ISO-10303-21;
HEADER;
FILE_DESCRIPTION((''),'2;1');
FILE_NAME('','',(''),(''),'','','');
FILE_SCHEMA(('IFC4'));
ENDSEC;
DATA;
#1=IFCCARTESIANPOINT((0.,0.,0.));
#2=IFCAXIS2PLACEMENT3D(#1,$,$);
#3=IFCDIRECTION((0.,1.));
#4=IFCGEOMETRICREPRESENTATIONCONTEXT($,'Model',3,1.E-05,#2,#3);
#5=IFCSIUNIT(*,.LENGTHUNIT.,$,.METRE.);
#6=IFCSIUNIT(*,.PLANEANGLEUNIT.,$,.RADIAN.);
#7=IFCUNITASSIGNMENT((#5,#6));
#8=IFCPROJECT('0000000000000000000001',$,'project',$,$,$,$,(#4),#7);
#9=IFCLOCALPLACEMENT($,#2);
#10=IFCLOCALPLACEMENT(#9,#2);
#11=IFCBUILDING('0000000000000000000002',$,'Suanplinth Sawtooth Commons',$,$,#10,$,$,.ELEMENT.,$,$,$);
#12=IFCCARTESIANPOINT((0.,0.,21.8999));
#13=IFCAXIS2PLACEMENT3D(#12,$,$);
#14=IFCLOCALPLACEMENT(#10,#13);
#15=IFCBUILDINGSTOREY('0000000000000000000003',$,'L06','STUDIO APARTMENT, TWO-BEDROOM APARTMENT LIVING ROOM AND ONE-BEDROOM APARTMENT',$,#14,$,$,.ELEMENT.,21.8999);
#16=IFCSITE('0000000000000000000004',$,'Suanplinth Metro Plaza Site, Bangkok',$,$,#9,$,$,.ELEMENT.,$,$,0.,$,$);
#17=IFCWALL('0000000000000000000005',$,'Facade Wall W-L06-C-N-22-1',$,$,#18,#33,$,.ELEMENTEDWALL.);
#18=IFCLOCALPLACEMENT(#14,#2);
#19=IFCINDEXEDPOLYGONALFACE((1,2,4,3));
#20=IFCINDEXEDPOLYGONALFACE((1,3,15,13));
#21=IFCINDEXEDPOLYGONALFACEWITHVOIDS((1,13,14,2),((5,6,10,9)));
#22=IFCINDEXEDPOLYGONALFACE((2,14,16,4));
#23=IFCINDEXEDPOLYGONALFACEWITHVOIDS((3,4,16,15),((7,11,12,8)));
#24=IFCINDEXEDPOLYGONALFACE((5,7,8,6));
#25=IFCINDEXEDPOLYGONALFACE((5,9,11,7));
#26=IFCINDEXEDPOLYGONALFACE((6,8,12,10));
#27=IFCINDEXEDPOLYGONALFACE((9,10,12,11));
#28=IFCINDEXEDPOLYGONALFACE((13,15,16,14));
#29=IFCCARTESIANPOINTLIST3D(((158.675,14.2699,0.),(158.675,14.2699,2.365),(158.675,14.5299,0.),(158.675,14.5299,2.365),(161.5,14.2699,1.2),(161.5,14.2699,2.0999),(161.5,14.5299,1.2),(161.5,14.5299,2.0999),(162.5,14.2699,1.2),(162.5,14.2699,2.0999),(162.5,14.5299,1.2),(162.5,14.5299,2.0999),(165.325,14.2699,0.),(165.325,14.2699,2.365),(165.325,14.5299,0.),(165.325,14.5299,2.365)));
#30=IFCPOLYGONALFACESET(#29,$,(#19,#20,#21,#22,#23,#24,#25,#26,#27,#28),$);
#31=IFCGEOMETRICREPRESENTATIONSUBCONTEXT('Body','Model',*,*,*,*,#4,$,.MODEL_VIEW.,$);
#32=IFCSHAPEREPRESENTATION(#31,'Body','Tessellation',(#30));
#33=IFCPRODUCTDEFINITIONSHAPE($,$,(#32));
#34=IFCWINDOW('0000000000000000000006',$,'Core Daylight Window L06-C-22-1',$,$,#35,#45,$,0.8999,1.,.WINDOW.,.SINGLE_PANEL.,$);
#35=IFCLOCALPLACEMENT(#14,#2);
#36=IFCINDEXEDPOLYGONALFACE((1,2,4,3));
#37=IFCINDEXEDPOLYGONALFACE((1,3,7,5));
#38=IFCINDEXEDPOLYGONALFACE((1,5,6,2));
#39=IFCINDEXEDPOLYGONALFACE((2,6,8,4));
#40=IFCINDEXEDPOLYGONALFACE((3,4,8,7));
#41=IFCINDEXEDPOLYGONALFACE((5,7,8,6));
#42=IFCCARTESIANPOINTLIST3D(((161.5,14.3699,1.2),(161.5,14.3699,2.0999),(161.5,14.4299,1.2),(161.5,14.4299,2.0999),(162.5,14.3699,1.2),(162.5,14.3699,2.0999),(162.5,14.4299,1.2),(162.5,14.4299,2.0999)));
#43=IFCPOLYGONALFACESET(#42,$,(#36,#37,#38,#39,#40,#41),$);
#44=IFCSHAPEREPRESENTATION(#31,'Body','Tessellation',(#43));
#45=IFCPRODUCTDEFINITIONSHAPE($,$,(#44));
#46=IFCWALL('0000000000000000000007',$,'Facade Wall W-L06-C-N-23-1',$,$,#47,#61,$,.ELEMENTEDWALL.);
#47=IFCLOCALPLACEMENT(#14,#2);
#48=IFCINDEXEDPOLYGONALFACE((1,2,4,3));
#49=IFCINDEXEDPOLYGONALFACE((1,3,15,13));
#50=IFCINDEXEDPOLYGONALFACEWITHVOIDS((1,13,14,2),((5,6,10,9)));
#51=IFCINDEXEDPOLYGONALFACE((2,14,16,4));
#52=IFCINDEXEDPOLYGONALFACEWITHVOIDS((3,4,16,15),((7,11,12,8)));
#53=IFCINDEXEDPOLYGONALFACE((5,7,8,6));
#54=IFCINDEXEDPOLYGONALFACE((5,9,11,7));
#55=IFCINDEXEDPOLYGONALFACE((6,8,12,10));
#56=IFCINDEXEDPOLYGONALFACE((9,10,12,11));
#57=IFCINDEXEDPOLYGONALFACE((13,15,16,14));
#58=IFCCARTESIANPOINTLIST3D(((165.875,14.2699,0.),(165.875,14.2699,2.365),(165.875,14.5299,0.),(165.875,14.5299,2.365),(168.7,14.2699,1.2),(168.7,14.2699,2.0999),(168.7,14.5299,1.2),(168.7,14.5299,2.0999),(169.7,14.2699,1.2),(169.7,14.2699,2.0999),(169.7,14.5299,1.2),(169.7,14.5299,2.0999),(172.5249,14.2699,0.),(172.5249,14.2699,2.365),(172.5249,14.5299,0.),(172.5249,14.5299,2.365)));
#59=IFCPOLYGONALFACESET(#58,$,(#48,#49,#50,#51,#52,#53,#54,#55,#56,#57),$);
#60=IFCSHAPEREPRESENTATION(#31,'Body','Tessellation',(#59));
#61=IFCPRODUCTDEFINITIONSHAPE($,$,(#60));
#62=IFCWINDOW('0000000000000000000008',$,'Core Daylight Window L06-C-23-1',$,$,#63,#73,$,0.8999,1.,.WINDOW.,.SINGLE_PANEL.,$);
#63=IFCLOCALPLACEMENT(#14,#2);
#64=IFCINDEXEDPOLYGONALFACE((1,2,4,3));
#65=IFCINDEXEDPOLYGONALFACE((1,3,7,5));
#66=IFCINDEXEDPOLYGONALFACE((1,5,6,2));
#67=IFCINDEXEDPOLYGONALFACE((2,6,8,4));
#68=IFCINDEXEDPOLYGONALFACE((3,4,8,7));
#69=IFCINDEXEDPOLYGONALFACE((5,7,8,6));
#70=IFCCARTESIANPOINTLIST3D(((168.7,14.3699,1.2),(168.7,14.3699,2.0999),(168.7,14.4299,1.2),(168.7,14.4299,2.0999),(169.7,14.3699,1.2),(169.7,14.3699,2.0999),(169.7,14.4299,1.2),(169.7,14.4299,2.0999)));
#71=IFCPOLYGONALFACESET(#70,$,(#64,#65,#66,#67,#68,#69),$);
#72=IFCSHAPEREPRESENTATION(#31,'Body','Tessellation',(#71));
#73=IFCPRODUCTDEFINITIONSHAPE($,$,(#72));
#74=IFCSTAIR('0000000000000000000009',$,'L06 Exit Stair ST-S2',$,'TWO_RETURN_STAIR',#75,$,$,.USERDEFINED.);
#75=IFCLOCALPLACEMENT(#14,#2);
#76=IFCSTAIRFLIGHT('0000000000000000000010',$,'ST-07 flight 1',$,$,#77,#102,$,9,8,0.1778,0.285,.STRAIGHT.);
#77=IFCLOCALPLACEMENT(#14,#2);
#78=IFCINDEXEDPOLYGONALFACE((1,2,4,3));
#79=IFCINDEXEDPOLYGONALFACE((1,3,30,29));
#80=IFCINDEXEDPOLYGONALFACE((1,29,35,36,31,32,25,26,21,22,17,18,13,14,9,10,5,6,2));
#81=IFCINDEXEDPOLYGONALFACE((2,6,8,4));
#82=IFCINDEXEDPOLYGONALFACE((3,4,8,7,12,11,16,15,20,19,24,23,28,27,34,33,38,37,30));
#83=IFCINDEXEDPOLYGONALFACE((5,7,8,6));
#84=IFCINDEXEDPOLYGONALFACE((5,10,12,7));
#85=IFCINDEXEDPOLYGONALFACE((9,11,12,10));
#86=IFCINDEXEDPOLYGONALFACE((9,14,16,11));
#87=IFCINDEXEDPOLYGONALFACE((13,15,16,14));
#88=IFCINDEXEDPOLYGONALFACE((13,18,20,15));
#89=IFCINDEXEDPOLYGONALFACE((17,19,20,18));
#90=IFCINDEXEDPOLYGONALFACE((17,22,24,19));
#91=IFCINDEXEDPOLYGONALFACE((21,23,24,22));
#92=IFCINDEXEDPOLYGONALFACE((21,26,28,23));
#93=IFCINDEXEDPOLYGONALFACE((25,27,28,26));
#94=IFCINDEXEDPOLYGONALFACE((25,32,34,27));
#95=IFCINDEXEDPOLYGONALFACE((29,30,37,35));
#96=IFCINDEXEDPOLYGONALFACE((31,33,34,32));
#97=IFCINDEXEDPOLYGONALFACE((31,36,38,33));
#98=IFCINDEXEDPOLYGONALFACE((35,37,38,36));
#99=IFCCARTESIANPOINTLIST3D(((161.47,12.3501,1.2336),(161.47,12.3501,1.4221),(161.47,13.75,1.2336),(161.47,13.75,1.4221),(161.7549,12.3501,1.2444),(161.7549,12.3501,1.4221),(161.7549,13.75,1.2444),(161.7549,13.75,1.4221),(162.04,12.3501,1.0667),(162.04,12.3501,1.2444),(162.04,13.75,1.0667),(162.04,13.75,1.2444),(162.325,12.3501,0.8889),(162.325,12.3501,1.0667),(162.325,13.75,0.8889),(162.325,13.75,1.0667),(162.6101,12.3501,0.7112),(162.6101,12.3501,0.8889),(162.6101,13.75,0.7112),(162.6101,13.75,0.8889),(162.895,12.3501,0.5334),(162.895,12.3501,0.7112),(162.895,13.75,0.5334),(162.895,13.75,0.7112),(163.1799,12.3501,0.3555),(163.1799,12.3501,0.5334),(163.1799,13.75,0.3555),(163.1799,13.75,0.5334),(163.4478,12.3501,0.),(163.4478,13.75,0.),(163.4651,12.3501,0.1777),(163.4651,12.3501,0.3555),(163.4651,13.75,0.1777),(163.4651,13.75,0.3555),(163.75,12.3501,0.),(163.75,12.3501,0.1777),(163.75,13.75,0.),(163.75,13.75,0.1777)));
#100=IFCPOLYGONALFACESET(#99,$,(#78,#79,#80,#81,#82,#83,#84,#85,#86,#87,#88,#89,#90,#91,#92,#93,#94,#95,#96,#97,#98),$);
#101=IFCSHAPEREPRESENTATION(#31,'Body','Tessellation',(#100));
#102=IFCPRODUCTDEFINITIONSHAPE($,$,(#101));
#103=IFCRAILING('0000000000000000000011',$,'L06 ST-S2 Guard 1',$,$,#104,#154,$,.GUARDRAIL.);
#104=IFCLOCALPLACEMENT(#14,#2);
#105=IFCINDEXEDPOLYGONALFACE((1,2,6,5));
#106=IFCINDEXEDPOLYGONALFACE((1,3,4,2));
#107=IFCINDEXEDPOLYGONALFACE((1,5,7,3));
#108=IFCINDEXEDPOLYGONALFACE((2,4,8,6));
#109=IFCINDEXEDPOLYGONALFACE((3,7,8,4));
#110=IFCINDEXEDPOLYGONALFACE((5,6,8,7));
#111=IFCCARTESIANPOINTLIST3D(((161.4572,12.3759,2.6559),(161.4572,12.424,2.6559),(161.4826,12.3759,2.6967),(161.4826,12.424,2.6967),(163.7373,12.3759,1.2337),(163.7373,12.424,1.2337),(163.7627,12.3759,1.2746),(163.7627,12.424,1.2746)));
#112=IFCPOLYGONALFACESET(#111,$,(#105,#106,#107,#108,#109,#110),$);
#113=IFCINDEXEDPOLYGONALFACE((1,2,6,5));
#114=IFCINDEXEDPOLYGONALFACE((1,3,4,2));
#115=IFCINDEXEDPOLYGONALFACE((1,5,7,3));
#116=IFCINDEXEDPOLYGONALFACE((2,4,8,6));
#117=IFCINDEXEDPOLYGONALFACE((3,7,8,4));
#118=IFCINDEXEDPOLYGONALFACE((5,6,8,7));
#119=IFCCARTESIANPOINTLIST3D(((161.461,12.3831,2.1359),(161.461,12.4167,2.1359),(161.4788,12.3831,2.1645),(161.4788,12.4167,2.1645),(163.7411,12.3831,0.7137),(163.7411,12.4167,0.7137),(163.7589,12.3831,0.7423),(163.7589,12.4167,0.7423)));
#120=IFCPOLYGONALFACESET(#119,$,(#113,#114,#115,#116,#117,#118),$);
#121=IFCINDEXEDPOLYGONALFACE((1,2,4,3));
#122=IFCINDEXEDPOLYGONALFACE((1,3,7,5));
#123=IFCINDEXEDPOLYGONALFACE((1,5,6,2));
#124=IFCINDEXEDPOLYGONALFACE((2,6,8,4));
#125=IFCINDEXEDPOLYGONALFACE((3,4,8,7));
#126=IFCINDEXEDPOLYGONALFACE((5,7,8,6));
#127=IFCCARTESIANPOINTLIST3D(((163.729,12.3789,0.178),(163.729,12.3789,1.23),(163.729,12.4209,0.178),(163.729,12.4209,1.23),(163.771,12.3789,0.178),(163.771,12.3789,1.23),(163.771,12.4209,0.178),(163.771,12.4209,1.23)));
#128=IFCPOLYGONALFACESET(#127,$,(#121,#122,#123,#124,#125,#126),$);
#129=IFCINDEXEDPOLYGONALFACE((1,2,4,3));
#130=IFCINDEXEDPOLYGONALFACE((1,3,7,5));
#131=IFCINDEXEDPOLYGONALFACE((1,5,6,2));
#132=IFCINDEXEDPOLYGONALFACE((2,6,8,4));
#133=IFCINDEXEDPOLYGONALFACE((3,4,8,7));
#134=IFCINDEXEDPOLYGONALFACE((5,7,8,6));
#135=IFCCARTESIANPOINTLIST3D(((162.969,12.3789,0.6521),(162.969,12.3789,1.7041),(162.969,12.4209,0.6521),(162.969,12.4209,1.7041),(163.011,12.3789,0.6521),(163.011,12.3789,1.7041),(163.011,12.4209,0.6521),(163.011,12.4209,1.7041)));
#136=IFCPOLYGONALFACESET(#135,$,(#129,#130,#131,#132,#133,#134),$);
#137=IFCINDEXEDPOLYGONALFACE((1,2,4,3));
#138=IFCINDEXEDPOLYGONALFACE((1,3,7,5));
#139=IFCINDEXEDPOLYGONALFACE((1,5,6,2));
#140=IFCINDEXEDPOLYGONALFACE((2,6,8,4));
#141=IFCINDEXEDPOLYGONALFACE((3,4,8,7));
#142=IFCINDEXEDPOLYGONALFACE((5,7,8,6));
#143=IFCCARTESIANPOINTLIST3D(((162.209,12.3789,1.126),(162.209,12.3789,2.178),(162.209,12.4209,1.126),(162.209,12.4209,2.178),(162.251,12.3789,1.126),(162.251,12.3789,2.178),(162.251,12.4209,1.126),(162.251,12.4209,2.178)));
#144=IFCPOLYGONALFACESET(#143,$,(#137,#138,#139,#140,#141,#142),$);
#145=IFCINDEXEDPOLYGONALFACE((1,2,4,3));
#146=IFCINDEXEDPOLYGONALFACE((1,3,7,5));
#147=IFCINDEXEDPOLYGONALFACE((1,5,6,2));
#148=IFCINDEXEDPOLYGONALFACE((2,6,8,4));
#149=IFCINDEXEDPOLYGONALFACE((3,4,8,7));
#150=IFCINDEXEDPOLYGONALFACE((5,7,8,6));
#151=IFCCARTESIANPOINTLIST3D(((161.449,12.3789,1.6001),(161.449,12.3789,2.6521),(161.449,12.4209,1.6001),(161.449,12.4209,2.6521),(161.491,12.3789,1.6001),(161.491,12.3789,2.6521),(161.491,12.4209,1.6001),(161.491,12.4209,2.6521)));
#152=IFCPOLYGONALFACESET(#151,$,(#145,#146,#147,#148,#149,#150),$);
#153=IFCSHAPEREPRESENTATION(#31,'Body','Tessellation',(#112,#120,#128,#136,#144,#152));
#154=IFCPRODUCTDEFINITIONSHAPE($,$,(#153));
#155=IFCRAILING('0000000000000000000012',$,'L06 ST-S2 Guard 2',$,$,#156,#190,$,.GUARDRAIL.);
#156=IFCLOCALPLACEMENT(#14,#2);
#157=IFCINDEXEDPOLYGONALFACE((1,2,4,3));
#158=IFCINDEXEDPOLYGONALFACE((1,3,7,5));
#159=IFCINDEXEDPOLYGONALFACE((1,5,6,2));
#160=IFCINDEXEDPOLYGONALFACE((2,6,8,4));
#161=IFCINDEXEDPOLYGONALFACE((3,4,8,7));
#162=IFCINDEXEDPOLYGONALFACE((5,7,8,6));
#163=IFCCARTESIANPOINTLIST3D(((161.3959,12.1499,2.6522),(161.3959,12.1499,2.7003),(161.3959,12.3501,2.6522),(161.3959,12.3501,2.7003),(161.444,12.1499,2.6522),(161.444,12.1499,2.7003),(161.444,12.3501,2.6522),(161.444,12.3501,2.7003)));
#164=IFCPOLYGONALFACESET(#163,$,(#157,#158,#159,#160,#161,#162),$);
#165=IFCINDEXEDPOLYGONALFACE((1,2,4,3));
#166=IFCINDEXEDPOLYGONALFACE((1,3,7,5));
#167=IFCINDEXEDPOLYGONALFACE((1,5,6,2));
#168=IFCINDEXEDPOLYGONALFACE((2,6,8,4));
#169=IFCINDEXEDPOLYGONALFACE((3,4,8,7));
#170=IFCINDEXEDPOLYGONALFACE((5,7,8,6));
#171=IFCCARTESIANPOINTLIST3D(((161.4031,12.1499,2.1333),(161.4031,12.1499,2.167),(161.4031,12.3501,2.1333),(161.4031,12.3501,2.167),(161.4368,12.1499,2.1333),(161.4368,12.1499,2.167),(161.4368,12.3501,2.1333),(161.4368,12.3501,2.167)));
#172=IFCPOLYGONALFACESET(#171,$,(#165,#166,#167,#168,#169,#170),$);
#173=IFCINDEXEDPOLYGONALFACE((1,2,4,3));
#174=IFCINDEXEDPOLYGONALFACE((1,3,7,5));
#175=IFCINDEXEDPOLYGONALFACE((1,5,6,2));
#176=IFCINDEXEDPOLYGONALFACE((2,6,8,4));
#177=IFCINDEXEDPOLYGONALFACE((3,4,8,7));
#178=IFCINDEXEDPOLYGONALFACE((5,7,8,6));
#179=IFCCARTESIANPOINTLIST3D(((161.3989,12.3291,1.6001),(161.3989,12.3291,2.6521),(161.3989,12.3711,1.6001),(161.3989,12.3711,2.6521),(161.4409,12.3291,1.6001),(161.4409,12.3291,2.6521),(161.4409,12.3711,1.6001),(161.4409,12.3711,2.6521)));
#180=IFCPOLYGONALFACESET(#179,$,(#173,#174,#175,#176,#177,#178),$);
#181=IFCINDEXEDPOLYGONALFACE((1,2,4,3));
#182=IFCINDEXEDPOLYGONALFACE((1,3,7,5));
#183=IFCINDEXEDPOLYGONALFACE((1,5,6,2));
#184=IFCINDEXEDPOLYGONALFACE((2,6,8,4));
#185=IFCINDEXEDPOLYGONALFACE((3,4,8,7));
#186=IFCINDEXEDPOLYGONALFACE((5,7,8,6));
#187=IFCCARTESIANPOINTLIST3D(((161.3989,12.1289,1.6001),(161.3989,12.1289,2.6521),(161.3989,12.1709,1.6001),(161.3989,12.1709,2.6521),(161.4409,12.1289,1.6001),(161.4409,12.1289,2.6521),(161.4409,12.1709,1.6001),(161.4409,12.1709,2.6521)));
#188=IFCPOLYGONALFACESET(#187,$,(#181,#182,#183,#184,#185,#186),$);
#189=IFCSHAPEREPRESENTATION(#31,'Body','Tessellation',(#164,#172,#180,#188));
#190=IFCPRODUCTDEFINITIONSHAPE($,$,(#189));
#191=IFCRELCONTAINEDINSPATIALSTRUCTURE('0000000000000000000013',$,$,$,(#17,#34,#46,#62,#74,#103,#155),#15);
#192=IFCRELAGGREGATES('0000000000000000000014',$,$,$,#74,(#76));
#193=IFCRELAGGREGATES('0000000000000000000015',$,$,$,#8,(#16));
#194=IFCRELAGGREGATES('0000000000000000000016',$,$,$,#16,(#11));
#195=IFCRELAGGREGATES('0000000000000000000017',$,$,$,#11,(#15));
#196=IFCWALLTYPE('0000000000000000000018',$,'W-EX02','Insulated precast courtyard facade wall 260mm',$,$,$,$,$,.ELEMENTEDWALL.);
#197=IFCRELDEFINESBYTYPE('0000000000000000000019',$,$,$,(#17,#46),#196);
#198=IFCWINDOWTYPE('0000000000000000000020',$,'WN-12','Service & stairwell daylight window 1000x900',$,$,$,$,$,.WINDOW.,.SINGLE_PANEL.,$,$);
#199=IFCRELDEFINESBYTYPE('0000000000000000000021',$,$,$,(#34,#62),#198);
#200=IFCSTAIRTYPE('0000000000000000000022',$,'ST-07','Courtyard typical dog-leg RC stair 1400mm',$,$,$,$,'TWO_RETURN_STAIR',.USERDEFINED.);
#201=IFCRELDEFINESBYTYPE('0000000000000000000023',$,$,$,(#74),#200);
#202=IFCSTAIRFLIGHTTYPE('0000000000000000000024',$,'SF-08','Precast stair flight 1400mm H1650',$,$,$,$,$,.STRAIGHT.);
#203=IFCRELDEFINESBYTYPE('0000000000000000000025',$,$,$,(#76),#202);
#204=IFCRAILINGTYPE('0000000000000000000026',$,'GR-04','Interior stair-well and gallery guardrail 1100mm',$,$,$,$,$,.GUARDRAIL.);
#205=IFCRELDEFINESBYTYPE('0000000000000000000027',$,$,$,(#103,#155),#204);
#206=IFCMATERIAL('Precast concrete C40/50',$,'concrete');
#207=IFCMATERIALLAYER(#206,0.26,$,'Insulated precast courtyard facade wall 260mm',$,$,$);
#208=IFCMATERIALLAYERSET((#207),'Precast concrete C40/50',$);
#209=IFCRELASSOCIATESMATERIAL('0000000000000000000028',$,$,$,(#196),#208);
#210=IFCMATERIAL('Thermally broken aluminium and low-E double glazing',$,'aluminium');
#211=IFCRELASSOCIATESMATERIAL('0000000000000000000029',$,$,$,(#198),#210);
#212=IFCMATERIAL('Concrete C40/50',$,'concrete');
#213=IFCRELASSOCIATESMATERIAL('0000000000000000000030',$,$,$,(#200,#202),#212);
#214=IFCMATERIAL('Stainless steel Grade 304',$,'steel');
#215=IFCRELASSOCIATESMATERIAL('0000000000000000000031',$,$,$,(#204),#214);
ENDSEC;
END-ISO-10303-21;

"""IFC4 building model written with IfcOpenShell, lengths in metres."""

from ifc_helpers import new_model, si_unit, direction, frame, frame_2d, origin, origin_2d, place, context, subcontext, project, spatial, polyline, rectangle, outline, extrude, material, layer, layer_set, type_object, element, fill, aggregate, save


model = new_model("IFC4")

# Units and contexts
model_context = context("Model", 3, precision=1e-05, world=origin(), true_north=direction((0.0, 1.0)))
body_context = subcontext(model_context, "Body", "Model", "MODEL_VIEW")
ifc_project = project(units=[si_unit("LENGTHUNIT", "METRE"), si_unit("PLANEANGLEUNIT", "RADIAN")], contexts=[model_context])

# Site, building, storey
site_placement = place(None, origin())
site = spatial("IfcSite", under=ifc_project, at=site_placement, Name="Suanplinth Metro Plaza Site, Bangkok", CompositionType="ELEMENT", RefElevation=0.0)
building_placement = place(site_placement, origin())
building = spatial("IfcBuilding", under=site, at=building_placement, Name="Suanplinth Sawtooth Commons", CompositionType="ELEMENT")
storey_placement = place(building_placement, frame((0.0, 0.0, 21.8999)))
storey = spatial("IfcBuildingStorey", under=building, at=storey_placement, Name="L06", Description="STUDIO APARTMENT, TWO-BEDROOM APARTMENT LIVING ROOM AND ONE-BEDROOM APARTMENT", CompositionType="ELEMENT", Elevation=21.8999)

# Shared definitions
ifc_material_1 = material(Name="Precast concrete C40/50", Category="concrete")

# Shared definitions
ifc_material_2 = material(Name="Concrete C40/50", Category="concrete")

# Shared definitions
ifc_layer_1 = layer(ifc_material_1, 0.26, Name="Insulated precast courtyard facade wall 260mm")
ifc_layer_set_1 = layer_set([ifc_layer_1], Name="Precast concrete C40/50")
wall_type_1 = type_object("IfcWallType", Name="W-EX02", Description="Insulated precast courtyard facade wall 260mm", PredefinedType="ELEMENTEDWALL", material=ifc_layer_set_1)
ifc_material_3 = material(Name="Thermally broken aluminium and low-E double glazing", Category="aluminium")

# Walls, openings, windows
wall_1_placement = place(storey_placement, frame((158.675, 14.3999, 0.0), z_axis=(0.0, 0.0, 1.0), x_axis=(1.0, 0.0, 0.0)))
wall_1 = element("IfcWall", 1, at=wall_1_placement, inside=storey, type_object=wall_type_1, Name="Facade Wall W-L06-C-N-22-1", PredefinedType="ELEMENTEDWALL", context=body_context, shape_type="SweptSolid", body=[
    extrude(rectangle(XDim=6.6499, YDim=0.26, at=frame_2d((3.325, 0.0))), origin(), (0.0, 0.0, 1.0), 2.365),
])
opening_1_placement = place(wall_1_placement, frame((2.825, 0.0, 1.2)))
opening_1 = element("IfcOpeningElement", 2, at=opening_1_placement, cuts=wall_1, PredefinedType="OPENING", context=body_context, shape_type="SweptSolid", body=[
    extrude(rectangle(XDim=1.0, YDim=0.8999, at=frame_2d((0.5, 0.45))), frame((0.0, 0.145, 0.0), z_axis=(0.0, -1.0, 0.0), x_axis=(1.0, 0.0, 0.0)), (0.0, 0.0, 1.0), 0.2898),
])
window_type_1 = type_object("IfcWindowType", Name="WN-12", Description="Service & stairwell daylight window 1000x900", PartitioningType="SINGLE_PANEL", PredefinedType="WINDOW", material=ifc_material_3)
window_1_placement = place(opening_1_placement, origin())
window_1 = element("IfcWindow", 3, at=window_1_placement, inside=storey, type_object=window_type_1, Name="Core Daylight Window L06-C-22-1", OverallHeight=0.8999, OverallWidth=1.0, PartitioningType="SINGLE_PANEL", PredefinedType="WINDOW", context=body_context, shape_type="SweptSolid", body=[
    extrude(rectangle(XDim=1.0, YDim=0.8999, at=frame_2d((0.5, 0.45))), frame((0.0, 0.03, 0.0), z_axis=(0.0, -1.0, 0.0), x_axis=(1.0, 0.0, 0.0)), (0.0, 0.0, 1.0), 0.0601),
])
fill(opening_1, window_1)
wall_2_placement = place(storey_placement, frame((165.875, 14.3999, 0.0), z_axis=(0.0, 0.0, 1.0), x_axis=(1.0, 0.0, 0.0)))
wall_2 = element("IfcWall", 4, at=wall_2_placement, inside=storey, type_object=wall_type_1, Name="Facade Wall W-L06-C-N-23-1", PredefinedType="ELEMENTEDWALL", context=body_context, shape_type="SweptSolid", body=[
    extrude(rectangle(XDim=6.6499, YDim=0.26, at=frame_2d((3.325, 0.0))), origin(), (0.0, 0.0, 1.0), 2.365),
])
opening_2_placement = place(wall_2_placement, frame((2.825, 0.0, 1.2)))
opening_2 = element("IfcOpeningElement", 5, at=opening_2_placement, cuts=wall_2, PredefinedType="OPENING", context=body_context, shape_type="SweptSolid", body=[
    extrude(rectangle(XDim=1.0, YDim=0.8999, at=frame_2d((0.5, 0.45))), frame((0.0, 0.145, 0.0), z_axis=(0.0, -1.0, 0.0), x_axis=(1.0, 0.0, 0.0)), (0.0, 0.0, 1.0), 0.2898),
])
window_2_placement = place(opening_2_placement, origin())
window_2 = element("IfcWindow", 6, at=window_2_placement, inside=storey, type_object=window_type_1, Name="Core Daylight Window L06-C-23-1", OverallHeight=0.8999, OverallWidth=1.0, PartitioningType="SINGLE_PANEL", PredefinedType="WINDOW", context=body_context, shape_type="SweptSolid", body=[
    extrude(rectangle(XDim=1.0, YDim=0.8999, at=frame_2d((0.5, 0.45))), frame((0.0, 0.03, 0.0), z_axis=(0.0, -1.0, 0.0), x_axis=(1.0, 0.0, 0.0)), (0.0, 0.0, 1.0), 0.0601),
])
fill(opening_2, window_2)

# Stair, stair flight
stair_type = type_object("IfcStairType", Name="ST-07", Description="Courtyard typical dog-leg RC stair 1400mm", ElementType="TWO_RETURN_STAIR", PredefinedType="USERDEFINED", material=ifc_material_2)
stair_placement = place(storey_placement, origin())
stair = element("IfcStair", 7, at=stair_placement, inside=storey, type_object=stair_type, Name="L06 Exit Stair ST-S2", ObjectType="TWO_RETURN_STAIR", PredefinedType="USERDEFINED")
stair_flight_type = type_object("IfcStairFlightType", Name="SF-08", Description="Precast stair flight 1400mm H1650", PredefinedType="STRAIGHT", material=ifc_material_2)
stair_flight_placement = place(storey_placement, frame((163.75, 13.05, 0.0), z_axis=(0.0, 0.0, 1.0), x_axis=(-1.0, 0.0, 0.0)))
stair_flight = element("IfcStairFlight", 8, at=stair_flight_placement, type_object=stair_flight_type, Name="ST-07 flight 1", NumberOfRisers=9, NumberOfTreads=8, PredefinedType="STRAIGHT", RiserHeight=0.1778, TreadLength=0.285, context=body_context, shape_type="SweptSolid", body=[
    extrude(outline(polyline([(0.0, 0.0), (0.0, 0.1777), (0.2849, 0.1777), (0.2849, 0.3555), (0.5701, 0.3555), (0.5701, 0.5334), (0.855, 0.5334), (0.855, 0.7112), (1.1399, 0.7112), (1.1399, 0.8889), (1.425, 0.8889), (1.425, 1.0667), (1.71, 1.0667), (1.71, 1.2444), (1.9951, 1.2444), (1.9951, 1.4221), (2.28, 1.4221), (2.28, 1.6001), (2.28, 1.2336), (0.3022, 0.0), (0.0, 0.0)])), frame((0.0, 0.7, 0.0), z_axis=(0.0, -1.0, 0.0), x_axis=(1.0, 0.0, 0.0)), (0.0, 0.0, 1.0), 1.3999),
])
aggregate(stair, [stair_flight])

# Railings
ifc_material_4 = material(Name="Stainless steel Grade 304", Category="steel")
railing_type_1 = type_object("IfcRailingType", Name="GR-04", Description="Interior stair-well and gallery guardrail 1100mm", PredefinedType="GUARDRAIL", material=ifc_material_4)
railing_1_placement = place(storey_placement, frame((163.75, 12.3999, 0.178)))
element("IfcRailing", 9, at=railing_1_placement, inside=storey, type_object=railing_type_1, Name="L06 ST-S2 Guard 1", PredefinedType="GUARDRAIL", context=body_context, shape_type="SweptSolid", body=[
    extrude(rectangle(XDim=0.0481, YDim=0.0481, at=origin_2d()), frame((0.0, 0.0, 1.0762), z_axis=(-0.848483, 0.0, 0.529223), x_axis=(0.0, -1.0, 0.0)), (0.0, 0.0, 1.0), 2.6873),
    extrude(rectangle(XDim=0.0337, YDim=0.0337, at=origin_2d()), frame((0.0, 0.0, 0.55), z_axis=(-0.848483, 0.0, 0.529223), x_axis=(0.0, -1.0, 0.0)), (0.0, 0.0, 1.0), 2.6873),
    extrude(rectangle(XDim=0.042, YDim=0.042, at=origin_2d()), origin(), (0.0, 0.0, 1.0), 1.052),
    extrude(rectangle(XDim=0.042, YDim=0.042, at=origin_2d()), frame((-0.76, 0.0, 0.4741)), (0.0, 0.0, 1.0), 1.052),
    extrude(rectangle(XDim=0.042, YDim=0.042, at=origin_2d()), frame((-1.52, 0.0, 0.948)), (0.0, 0.0, 1.0), 1.052),
    extrude(rectangle(XDim=0.042, YDim=0.042, at=origin_2d()), frame((-2.28, 0.0, 1.4221)), (0.0, 0.0, 1.0), 1.052),
])
railing_2_placement = place(storey_placement, frame((161.4199, 12.3501, 1.6001)))
element("IfcRailing", 10, at=railing_2_placement, inside=storey, type_object=railing_type_1, Name="L06 ST-S2 Guard 2", PredefinedType="GUARDRAIL", context=body_context, shape_type="SweptSolid", body=[
    extrude(rectangle(XDim=0.0481, YDim=0.0481, at=origin_2d()), frame((0.0, 0.0, 1.0762), z_axis=(0.0, -1.0, 0.0), x_axis=(1.0, 0.0, 0.0)), (0.0, 0.0, 1.0), 0.2002),
    extrude(rectangle(XDim=0.0337, YDim=0.0337, at=origin_2d()), frame((0.0, 0.0, 0.55), z_axis=(0.0, -1.0, 0.0), x_axis=(1.0, 0.0, 0.0)), (0.0, 0.0, 1.0), 0.2002),
    extrude(rectangle(XDim=0.042, YDim=0.042, at=origin_2d()), origin(), (0.0, 0.0, 1.0), 1.052),
    extrude(rectangle(XDim=0.042, YDim=0.042, at=origin_2d()), frame((0.0, -0.2002, 0.0)), (0.0, 0.0, 1.0), 1.052),
])

save(model, "model.ifc")
